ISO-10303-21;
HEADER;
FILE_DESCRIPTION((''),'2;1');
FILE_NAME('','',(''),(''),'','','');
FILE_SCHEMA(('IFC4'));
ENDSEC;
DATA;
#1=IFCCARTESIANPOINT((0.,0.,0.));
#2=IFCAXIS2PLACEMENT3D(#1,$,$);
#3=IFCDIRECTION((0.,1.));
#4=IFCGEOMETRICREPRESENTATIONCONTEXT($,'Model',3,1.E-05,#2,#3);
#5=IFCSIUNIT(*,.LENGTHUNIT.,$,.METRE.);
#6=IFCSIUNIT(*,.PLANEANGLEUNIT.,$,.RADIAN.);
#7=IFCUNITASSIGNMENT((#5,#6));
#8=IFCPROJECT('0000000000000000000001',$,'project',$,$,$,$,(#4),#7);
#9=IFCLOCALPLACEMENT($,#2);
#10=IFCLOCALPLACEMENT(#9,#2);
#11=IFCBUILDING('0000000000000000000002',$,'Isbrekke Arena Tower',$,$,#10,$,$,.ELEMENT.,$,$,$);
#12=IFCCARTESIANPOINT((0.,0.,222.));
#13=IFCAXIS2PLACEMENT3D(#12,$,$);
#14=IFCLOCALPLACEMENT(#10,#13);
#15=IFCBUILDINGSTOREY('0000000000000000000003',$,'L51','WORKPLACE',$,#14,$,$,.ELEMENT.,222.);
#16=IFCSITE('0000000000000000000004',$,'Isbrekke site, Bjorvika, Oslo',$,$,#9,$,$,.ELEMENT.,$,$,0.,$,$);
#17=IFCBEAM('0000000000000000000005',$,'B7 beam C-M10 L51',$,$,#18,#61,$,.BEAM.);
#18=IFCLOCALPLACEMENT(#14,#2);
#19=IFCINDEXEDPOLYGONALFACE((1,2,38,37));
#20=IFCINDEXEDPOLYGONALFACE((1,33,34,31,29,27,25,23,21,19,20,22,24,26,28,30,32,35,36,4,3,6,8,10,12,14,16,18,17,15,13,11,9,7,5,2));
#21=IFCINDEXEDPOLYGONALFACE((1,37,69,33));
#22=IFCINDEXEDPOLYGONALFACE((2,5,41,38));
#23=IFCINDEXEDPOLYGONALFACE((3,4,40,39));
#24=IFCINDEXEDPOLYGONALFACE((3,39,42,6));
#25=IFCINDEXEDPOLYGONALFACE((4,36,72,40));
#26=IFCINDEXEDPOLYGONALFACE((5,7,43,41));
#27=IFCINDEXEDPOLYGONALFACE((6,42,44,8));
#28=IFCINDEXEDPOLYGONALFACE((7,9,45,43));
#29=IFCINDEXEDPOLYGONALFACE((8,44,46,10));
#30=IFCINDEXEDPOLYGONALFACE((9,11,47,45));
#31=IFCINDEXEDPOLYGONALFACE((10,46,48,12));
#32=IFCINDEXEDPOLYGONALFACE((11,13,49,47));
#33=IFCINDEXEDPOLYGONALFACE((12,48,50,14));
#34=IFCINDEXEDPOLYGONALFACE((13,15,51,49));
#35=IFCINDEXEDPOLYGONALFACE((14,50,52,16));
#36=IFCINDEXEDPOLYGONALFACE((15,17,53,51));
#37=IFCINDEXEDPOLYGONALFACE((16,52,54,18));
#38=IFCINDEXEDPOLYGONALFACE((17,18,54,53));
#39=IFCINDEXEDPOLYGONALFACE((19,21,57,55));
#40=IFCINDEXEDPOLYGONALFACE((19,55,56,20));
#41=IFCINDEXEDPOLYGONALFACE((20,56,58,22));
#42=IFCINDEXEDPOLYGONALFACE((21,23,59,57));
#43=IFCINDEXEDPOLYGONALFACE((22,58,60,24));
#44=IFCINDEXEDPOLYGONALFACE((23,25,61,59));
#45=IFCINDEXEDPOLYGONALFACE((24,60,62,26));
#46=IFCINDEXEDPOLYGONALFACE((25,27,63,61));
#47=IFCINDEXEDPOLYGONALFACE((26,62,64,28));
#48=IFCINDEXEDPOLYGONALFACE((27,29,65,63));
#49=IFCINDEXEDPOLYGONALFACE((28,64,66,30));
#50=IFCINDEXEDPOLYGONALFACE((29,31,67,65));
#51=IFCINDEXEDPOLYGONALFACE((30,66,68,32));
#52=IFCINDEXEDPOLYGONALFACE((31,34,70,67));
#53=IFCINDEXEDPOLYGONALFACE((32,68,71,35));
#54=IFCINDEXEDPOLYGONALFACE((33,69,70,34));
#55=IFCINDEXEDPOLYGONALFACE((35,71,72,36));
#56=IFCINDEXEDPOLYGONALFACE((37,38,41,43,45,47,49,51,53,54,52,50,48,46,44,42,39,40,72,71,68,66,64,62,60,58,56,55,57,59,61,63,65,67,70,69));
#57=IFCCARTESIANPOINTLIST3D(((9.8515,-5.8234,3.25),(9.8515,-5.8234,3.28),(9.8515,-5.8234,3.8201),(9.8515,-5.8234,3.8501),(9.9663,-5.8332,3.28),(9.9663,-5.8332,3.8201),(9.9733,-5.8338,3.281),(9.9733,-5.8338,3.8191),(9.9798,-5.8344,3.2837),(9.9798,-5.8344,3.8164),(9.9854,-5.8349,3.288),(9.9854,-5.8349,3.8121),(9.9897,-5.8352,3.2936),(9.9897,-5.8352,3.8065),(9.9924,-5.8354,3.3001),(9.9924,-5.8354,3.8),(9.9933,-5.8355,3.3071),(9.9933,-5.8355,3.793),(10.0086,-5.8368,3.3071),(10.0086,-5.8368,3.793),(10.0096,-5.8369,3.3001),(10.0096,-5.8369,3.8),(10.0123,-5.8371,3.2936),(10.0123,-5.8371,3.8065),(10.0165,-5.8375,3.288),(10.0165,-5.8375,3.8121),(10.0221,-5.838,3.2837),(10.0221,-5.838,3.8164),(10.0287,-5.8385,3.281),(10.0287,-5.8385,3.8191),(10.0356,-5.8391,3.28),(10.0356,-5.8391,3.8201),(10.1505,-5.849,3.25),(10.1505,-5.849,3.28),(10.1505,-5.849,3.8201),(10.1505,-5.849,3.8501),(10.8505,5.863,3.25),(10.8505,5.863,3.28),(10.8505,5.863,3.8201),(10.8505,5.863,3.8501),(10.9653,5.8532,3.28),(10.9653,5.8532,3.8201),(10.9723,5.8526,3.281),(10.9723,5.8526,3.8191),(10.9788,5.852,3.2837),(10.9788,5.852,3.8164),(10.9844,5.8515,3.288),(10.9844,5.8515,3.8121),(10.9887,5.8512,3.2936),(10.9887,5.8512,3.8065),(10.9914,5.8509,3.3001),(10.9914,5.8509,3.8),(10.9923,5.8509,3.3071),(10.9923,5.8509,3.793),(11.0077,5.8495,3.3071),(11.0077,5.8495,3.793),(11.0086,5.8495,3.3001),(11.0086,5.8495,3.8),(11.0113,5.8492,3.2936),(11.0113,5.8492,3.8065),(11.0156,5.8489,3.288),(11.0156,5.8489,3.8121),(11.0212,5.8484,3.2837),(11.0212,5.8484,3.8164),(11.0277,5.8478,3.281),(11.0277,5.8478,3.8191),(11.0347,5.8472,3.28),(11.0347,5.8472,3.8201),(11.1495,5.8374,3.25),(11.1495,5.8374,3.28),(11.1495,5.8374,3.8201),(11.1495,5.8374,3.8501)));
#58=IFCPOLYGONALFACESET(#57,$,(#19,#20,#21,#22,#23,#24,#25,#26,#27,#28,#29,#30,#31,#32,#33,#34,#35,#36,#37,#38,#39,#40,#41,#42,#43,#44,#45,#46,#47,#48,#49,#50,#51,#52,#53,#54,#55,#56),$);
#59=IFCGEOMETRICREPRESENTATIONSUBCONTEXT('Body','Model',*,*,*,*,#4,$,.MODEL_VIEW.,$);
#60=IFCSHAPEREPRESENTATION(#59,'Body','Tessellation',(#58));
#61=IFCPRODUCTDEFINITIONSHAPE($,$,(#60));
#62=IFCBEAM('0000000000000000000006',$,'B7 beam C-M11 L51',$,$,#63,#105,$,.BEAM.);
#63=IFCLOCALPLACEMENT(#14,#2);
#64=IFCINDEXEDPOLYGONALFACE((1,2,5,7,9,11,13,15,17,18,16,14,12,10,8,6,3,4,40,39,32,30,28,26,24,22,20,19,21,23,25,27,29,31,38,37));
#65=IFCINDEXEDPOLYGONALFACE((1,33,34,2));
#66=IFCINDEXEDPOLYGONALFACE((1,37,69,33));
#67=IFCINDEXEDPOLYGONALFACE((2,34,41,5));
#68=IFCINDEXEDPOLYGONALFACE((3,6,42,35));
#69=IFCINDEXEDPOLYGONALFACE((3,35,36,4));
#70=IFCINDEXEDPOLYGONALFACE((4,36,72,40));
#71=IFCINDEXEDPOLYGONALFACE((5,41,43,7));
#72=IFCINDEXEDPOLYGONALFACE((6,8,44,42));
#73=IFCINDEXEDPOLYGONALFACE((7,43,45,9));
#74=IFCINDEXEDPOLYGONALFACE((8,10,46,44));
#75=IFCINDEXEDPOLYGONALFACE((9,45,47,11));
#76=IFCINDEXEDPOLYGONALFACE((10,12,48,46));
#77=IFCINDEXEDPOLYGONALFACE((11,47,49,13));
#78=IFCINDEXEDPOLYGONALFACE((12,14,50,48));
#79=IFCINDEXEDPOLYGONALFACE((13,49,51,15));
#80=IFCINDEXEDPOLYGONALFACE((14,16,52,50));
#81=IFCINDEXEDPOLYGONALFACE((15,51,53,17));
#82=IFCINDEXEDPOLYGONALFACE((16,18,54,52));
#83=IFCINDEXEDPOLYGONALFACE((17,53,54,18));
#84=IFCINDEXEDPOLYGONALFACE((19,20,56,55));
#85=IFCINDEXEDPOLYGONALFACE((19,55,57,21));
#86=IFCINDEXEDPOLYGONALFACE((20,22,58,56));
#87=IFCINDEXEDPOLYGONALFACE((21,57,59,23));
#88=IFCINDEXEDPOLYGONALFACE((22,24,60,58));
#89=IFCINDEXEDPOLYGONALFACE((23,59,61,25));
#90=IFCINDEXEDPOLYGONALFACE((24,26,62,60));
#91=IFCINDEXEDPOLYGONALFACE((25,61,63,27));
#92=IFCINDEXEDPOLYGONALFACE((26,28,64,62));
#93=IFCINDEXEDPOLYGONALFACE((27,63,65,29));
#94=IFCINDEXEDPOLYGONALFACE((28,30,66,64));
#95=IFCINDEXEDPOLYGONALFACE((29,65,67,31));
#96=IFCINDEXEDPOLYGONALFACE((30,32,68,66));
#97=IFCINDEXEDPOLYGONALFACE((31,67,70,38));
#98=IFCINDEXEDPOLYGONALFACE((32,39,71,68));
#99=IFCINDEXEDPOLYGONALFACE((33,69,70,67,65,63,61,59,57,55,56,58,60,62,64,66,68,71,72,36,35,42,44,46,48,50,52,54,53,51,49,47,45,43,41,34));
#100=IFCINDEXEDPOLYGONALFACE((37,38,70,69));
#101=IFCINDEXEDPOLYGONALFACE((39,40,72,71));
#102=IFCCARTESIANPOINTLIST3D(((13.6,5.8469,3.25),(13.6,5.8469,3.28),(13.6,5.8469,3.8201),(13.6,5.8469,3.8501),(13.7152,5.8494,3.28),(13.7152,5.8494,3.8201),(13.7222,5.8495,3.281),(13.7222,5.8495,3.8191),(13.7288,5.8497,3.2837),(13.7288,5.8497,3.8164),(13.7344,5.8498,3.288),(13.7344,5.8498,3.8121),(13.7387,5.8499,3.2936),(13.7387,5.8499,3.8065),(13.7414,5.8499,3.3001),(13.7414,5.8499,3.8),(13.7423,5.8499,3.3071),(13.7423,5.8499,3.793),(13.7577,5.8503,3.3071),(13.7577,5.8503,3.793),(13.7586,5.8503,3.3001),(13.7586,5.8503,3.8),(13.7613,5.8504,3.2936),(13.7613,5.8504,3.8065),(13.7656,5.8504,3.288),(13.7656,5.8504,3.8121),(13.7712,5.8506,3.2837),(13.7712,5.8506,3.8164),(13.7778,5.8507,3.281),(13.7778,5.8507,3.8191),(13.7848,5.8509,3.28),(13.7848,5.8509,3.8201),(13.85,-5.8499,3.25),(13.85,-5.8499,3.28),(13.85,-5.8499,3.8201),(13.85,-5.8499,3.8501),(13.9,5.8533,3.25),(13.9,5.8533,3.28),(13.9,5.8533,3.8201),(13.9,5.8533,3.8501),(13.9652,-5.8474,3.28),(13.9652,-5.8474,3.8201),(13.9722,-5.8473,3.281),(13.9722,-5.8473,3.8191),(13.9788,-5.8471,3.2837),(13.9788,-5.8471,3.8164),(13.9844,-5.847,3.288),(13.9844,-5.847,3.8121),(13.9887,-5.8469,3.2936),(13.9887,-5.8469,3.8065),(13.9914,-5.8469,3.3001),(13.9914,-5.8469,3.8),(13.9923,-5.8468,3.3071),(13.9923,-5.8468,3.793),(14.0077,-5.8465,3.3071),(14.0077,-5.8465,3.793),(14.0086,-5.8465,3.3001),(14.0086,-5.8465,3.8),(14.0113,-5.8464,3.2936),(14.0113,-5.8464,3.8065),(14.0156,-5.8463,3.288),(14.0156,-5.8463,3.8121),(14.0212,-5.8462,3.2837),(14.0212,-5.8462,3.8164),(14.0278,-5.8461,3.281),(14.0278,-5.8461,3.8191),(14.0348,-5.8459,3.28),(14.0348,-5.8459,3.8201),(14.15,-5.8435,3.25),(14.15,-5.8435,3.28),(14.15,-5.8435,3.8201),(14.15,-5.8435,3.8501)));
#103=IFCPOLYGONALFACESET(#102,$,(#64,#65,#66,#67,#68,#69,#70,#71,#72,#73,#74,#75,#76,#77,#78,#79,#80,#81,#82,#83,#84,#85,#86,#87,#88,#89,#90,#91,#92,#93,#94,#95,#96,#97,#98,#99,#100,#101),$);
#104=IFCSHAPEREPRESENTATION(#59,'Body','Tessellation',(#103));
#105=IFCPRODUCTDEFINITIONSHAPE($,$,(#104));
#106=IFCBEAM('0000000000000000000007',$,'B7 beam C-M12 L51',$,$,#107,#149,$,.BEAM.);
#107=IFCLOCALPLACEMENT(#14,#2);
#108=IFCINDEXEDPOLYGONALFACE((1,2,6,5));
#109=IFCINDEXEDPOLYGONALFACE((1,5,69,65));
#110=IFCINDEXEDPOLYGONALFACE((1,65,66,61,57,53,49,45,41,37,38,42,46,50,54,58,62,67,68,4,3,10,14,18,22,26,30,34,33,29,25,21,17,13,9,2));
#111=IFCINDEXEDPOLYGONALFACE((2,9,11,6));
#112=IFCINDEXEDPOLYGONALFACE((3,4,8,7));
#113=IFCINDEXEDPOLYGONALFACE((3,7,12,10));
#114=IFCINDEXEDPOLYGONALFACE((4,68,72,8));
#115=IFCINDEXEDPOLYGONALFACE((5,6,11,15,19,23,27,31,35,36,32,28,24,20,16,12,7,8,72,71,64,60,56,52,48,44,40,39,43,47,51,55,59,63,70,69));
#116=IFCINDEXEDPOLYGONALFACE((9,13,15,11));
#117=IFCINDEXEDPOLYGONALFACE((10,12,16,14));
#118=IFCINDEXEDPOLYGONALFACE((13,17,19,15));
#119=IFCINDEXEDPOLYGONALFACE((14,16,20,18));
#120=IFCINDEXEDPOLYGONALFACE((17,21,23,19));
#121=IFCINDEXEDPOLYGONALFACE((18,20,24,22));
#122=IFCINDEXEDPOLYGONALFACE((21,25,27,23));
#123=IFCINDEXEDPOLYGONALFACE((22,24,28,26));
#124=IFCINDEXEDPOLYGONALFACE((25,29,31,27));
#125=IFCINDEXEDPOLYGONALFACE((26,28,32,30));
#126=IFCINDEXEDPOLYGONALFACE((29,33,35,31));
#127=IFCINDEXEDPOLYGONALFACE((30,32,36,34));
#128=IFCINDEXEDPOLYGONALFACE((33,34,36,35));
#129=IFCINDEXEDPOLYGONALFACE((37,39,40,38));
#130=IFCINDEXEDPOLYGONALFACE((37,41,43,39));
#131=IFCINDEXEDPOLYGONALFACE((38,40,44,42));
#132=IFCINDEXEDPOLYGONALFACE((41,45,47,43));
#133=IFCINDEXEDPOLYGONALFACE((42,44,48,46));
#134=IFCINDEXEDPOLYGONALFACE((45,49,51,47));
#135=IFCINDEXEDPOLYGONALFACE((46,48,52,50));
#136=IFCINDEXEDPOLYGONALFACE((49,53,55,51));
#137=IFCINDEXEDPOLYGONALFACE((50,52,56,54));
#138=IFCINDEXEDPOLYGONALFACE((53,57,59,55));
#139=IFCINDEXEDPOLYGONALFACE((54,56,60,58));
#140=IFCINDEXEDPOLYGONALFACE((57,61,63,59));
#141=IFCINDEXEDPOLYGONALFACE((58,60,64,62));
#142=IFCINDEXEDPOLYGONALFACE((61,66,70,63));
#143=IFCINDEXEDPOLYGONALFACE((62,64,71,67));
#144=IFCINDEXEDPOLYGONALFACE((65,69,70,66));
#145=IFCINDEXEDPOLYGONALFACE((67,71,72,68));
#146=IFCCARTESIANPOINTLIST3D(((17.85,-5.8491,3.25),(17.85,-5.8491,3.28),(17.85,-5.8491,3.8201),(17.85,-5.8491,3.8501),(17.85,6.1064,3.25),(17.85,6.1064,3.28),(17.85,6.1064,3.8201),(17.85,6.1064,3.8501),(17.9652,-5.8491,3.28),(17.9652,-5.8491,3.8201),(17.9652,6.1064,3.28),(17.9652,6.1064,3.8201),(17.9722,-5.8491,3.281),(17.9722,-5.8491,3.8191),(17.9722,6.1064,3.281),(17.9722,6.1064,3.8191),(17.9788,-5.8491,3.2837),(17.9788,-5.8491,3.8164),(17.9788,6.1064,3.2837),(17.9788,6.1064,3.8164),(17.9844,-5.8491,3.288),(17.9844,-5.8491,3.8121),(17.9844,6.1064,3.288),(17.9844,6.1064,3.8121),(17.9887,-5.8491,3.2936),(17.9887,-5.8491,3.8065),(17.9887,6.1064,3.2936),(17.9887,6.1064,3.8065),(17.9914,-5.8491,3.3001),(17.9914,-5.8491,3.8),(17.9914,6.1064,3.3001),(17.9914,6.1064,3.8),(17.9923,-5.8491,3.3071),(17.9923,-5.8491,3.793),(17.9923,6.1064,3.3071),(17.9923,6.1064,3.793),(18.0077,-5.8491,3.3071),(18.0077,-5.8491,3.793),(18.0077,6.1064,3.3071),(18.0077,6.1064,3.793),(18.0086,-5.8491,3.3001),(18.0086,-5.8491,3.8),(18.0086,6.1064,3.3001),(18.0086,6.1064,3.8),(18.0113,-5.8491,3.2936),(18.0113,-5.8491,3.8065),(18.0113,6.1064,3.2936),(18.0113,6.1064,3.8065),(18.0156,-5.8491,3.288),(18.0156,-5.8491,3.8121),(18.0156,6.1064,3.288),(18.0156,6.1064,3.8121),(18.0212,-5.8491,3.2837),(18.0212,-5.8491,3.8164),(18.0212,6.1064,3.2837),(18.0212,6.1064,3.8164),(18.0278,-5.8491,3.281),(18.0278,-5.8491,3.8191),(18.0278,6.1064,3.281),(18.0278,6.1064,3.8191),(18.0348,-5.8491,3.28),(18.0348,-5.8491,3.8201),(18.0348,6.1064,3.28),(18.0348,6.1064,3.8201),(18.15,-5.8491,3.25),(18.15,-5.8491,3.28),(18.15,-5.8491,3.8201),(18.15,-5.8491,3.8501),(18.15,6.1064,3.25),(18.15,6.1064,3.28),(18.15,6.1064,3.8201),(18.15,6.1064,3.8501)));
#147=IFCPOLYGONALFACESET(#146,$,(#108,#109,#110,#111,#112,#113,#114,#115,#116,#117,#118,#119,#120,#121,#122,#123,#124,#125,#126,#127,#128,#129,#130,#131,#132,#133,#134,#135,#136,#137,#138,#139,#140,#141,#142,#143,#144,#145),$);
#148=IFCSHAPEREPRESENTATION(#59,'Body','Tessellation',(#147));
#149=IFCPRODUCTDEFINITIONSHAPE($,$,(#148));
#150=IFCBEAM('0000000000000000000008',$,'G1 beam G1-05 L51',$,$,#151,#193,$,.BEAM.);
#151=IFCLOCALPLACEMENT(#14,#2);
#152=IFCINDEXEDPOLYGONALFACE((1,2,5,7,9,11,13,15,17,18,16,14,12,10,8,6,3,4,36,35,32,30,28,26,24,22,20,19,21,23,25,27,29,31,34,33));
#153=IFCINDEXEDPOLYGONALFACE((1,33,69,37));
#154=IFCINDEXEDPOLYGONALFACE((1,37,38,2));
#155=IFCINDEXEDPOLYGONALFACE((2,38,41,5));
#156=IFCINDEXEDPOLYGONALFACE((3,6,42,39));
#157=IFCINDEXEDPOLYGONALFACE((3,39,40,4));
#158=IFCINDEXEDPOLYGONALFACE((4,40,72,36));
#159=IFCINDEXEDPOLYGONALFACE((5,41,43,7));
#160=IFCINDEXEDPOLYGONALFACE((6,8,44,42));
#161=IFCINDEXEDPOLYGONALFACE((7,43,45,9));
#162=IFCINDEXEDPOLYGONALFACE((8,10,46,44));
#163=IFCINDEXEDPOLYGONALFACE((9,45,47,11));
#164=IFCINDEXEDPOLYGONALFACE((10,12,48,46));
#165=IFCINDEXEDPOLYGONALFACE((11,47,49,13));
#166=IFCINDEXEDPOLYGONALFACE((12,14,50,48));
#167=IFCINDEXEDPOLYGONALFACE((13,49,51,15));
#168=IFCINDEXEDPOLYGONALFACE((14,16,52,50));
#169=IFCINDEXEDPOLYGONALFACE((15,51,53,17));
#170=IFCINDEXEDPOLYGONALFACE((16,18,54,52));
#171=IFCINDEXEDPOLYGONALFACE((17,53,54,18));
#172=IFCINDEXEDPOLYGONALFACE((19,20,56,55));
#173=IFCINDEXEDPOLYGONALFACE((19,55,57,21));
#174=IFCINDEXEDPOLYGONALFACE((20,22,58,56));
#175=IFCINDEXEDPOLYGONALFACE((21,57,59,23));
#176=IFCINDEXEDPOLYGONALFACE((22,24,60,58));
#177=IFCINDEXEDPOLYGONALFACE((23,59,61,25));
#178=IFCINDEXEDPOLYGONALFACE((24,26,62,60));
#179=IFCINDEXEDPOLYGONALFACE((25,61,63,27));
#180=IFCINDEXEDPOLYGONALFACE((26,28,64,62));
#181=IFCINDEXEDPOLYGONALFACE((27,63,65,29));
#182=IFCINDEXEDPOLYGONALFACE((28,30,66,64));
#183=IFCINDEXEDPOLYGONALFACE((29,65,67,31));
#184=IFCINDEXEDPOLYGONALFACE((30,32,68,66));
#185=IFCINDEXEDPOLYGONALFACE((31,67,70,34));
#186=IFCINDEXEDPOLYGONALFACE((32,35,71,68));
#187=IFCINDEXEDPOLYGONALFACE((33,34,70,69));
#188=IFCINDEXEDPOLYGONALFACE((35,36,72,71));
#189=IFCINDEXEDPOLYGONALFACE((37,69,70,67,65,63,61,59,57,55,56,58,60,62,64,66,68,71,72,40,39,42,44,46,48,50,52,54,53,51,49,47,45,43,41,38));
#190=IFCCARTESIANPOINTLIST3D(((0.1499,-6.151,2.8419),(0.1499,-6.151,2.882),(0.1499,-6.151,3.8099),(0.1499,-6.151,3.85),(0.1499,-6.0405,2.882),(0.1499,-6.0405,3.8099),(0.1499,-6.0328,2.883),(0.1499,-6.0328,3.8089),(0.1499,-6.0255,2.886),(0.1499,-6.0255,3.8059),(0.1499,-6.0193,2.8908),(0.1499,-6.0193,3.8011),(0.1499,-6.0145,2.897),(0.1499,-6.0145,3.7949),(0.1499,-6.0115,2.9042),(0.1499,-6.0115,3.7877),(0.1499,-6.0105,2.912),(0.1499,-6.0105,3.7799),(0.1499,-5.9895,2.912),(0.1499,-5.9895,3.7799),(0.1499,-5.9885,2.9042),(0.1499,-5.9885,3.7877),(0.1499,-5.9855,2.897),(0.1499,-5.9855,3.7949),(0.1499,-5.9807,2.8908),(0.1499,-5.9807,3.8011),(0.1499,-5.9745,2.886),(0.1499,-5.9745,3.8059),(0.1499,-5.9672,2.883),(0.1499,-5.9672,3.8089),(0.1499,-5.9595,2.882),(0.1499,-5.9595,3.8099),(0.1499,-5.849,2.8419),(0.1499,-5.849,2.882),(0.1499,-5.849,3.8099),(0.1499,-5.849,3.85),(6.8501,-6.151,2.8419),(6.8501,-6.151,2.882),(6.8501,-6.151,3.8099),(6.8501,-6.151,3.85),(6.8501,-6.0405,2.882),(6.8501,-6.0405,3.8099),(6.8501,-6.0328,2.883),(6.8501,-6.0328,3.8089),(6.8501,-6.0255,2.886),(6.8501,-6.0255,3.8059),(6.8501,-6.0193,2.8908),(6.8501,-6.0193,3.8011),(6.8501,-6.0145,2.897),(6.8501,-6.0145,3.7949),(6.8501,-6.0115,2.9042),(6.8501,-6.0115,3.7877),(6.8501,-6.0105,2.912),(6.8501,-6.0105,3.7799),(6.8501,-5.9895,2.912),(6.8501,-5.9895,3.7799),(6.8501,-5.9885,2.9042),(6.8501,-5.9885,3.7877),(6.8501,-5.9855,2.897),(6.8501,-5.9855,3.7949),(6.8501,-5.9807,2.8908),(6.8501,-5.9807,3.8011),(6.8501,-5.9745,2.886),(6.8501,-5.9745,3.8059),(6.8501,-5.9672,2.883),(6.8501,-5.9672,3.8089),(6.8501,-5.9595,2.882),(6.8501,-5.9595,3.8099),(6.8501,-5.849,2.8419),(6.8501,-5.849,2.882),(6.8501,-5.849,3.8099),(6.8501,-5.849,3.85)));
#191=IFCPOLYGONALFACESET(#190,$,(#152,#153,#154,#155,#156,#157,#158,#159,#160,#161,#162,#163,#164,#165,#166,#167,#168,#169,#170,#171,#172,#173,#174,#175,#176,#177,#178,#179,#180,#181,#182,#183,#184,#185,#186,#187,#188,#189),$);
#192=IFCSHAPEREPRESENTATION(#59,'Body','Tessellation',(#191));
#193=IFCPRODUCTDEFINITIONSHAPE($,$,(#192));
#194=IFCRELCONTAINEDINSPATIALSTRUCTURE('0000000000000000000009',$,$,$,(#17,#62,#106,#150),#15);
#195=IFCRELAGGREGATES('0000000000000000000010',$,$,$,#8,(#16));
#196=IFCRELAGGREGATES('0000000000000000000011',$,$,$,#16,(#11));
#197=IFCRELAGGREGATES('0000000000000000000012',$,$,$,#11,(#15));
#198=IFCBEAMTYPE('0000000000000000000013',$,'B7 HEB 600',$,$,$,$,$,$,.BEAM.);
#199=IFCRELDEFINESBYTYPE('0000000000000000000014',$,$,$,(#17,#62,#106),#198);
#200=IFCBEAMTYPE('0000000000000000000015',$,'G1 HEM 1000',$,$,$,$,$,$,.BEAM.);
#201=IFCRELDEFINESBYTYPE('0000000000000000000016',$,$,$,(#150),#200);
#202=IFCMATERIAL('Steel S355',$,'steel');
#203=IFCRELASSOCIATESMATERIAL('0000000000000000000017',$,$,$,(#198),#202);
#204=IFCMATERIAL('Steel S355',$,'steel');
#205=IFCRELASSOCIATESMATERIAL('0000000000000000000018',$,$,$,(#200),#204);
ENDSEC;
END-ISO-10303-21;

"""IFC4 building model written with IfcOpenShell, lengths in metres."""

from ifc_helpers import new_model, si_unit, direction, frame, origin, origin_2d, place, context, subcontext, project, spatial, i_section, extrude, material, material_profile, profile_set, type_object, element, save


model = new_model("IFC4")

# Units and contexts
model_context = context("Model", 3, precision=1e-05, world=origin(), true_north=direction((0.0, 1.0)))
body_context = subcontext(model_context, "Body", "Model", "MODEL_VIEW")
ifc_project = project(units=[si_unit("LENGTHUNIT", "METRE"), si_unit("PLANEANGLEUNIT", "RADIAN")], contexts=[model_context])

# Site, building, storey
site_placement = place(None, origin())
site = spatial("IfcSite", under=ifc_project, at=site_placement, Name="Isbrekke site, Bjorvika, Oslo", CompositionType="ELEMENT", RefElevation=0.0)
building_placement = place(site_placement, origin())
building = spatial("IfcBuilding", under=site, at=building_placement, Name="Isbrekke Arena Tower", CompositionType="ELEMENT")
storey_placement = place(building_placement, frame((0.0, 0.0, 222.0)))
storey = spatial("IfcBuildingStorey", under=building, at=storey_placement, Name="L51", Description="WORKPLACE", CompositionType="ELEMENT", Elevation=222.0)

# Beams
ifc_material_1 = material(Name="Steel S355", Category="steel")
ifc_material_profile_1 = material_profile(ifc_material_1, i_section(OverallWidth=0.3, OverallDepth=0.6001, WebThickness=0.0154, FlangeThickness=0.03, FilletRadius=0.0271, at=origin_2d()), Name="HEB 600")
ifc_profile_set_1 = profile_set([ifc_material_profile_1], Name="Steel S355")
beam_type_1 = type_object("IfcBeamType", Name="B7 HEB 600", PredefinedType="BEAM", material=ifc_profile_set_1)
beam_1_placement = place(storey_placement, frame((10.001, -5.8362, 3.55), z_axis=(0.085176, 0.996366, 0.0), x_axis=(-0.996366, 0.085176, 0.0)))
element("IfcBeam", 1, at=beam_1_placement, inside=storey, type_object=beam_type_1, Name="B7 beam C-M10 L51", PredefinedType="BEAM", context=body_context, shape_type="SweptSolid", body=[
    extrude(i_section(OverallWidth=0.3, OverallDepth=0.6001, WebThickness=0.0154, FlangeThickness=0.03, FilletRadius=0.0271, at=origin_2d()), origin(), (0.0, 0.0, 1.0), 11.729),
])
beam_2_placement = place(storey_placement, frame((14.0, -5.8467, 3.55), z_axis=(-0.021369, 0.999772, 0.0), x_axis=(-0.999772, -0.021369, 0.0)))
element("IfcBeam", 2, at=beam_2_placement, inside=storey, type_object=beam_type_1, Name="B7 beam C-M11 L51", PredefinedType="BEAM", context=body_context, shape_type="SweptSolid", body=[
    extrude(i_section(OverallWidth=0.3, OverallDepth=0.6001, WebThickness=0.0154, FlangeThickness=0.03, FilletRadius=0.0271, at=origin_2d()), origin(), (0.0, 0.0, 1.0), 11.6995),
])
beam_3_placement = place(storey_placement, frame((18.0, -5.8491, 3.55), z_axis=(0.0, 1.0, 0.0), x_axis=(-1.0, 0.0, 0.0)))
element("IfcBeam", 3, at=beam_3_placement, inside=storey, type_object=beam_type_1, Name="B7 beam C-M12 L51", PredefinedType="BEAM", context=body_context, shape_type="SweptSolid", body=[
    extrude(i_section(OverallWidth=0.3, OverallDepth=0.6001, WebThickness=0.0154, FlangeThickness=0.03, FilletRadius=0.0271, at=origin_2d()), origin(), (0.0, 0.0, 1.0), 11.9556),
])
ifc_material_2 = material(Name="Steel S355", Category="steel")
ifc_material_profile_2 = material_profile(ifc_material_2, i_section(OverallWidth=0.302, OverallDepth=1.0081, WebThickness=0.021, FlangeThickness=0.04, FilletRadius=0.03, at=origin_2d()), Name="HEM 1000")
ifc_profile_set_2 = profile_set([ifc_material_profile_2], Name="Steel S355")
beam_type_2 = type_object("IfcBeamType", Name="G1 HEM 1000", PredefinedType="BEAM", material=ifc_profile_set_2)
for number, where, z_axis, x_axis, name in (
    (4, (0.1499, -6.0, 3.3459), (1.0, 0.0, 0.0), (0.0, 1.0, 0.0), "G1 beam G1-05 L51"),
):
    element("IfcBeam", number, at=place(storey_placement, frame(where, z_axis=z_axis, x_axis=x_axis)), inside=storey, type_object=beam_type_2, Name=name, PredefinedType="BEAM", context=body_context, shape_type="SweptSolid", body=[
        extrude(i_section(OverallWidth=0.302, OverallDepth=1.0081, WebThickness=0.021, FlangeThickness=0.04, FilletRadius=0.03, at=origin_2d()), origin(), (0.0, 0.0, 1.0), 6.7002),
    ])

save(model, "model.ifc")
